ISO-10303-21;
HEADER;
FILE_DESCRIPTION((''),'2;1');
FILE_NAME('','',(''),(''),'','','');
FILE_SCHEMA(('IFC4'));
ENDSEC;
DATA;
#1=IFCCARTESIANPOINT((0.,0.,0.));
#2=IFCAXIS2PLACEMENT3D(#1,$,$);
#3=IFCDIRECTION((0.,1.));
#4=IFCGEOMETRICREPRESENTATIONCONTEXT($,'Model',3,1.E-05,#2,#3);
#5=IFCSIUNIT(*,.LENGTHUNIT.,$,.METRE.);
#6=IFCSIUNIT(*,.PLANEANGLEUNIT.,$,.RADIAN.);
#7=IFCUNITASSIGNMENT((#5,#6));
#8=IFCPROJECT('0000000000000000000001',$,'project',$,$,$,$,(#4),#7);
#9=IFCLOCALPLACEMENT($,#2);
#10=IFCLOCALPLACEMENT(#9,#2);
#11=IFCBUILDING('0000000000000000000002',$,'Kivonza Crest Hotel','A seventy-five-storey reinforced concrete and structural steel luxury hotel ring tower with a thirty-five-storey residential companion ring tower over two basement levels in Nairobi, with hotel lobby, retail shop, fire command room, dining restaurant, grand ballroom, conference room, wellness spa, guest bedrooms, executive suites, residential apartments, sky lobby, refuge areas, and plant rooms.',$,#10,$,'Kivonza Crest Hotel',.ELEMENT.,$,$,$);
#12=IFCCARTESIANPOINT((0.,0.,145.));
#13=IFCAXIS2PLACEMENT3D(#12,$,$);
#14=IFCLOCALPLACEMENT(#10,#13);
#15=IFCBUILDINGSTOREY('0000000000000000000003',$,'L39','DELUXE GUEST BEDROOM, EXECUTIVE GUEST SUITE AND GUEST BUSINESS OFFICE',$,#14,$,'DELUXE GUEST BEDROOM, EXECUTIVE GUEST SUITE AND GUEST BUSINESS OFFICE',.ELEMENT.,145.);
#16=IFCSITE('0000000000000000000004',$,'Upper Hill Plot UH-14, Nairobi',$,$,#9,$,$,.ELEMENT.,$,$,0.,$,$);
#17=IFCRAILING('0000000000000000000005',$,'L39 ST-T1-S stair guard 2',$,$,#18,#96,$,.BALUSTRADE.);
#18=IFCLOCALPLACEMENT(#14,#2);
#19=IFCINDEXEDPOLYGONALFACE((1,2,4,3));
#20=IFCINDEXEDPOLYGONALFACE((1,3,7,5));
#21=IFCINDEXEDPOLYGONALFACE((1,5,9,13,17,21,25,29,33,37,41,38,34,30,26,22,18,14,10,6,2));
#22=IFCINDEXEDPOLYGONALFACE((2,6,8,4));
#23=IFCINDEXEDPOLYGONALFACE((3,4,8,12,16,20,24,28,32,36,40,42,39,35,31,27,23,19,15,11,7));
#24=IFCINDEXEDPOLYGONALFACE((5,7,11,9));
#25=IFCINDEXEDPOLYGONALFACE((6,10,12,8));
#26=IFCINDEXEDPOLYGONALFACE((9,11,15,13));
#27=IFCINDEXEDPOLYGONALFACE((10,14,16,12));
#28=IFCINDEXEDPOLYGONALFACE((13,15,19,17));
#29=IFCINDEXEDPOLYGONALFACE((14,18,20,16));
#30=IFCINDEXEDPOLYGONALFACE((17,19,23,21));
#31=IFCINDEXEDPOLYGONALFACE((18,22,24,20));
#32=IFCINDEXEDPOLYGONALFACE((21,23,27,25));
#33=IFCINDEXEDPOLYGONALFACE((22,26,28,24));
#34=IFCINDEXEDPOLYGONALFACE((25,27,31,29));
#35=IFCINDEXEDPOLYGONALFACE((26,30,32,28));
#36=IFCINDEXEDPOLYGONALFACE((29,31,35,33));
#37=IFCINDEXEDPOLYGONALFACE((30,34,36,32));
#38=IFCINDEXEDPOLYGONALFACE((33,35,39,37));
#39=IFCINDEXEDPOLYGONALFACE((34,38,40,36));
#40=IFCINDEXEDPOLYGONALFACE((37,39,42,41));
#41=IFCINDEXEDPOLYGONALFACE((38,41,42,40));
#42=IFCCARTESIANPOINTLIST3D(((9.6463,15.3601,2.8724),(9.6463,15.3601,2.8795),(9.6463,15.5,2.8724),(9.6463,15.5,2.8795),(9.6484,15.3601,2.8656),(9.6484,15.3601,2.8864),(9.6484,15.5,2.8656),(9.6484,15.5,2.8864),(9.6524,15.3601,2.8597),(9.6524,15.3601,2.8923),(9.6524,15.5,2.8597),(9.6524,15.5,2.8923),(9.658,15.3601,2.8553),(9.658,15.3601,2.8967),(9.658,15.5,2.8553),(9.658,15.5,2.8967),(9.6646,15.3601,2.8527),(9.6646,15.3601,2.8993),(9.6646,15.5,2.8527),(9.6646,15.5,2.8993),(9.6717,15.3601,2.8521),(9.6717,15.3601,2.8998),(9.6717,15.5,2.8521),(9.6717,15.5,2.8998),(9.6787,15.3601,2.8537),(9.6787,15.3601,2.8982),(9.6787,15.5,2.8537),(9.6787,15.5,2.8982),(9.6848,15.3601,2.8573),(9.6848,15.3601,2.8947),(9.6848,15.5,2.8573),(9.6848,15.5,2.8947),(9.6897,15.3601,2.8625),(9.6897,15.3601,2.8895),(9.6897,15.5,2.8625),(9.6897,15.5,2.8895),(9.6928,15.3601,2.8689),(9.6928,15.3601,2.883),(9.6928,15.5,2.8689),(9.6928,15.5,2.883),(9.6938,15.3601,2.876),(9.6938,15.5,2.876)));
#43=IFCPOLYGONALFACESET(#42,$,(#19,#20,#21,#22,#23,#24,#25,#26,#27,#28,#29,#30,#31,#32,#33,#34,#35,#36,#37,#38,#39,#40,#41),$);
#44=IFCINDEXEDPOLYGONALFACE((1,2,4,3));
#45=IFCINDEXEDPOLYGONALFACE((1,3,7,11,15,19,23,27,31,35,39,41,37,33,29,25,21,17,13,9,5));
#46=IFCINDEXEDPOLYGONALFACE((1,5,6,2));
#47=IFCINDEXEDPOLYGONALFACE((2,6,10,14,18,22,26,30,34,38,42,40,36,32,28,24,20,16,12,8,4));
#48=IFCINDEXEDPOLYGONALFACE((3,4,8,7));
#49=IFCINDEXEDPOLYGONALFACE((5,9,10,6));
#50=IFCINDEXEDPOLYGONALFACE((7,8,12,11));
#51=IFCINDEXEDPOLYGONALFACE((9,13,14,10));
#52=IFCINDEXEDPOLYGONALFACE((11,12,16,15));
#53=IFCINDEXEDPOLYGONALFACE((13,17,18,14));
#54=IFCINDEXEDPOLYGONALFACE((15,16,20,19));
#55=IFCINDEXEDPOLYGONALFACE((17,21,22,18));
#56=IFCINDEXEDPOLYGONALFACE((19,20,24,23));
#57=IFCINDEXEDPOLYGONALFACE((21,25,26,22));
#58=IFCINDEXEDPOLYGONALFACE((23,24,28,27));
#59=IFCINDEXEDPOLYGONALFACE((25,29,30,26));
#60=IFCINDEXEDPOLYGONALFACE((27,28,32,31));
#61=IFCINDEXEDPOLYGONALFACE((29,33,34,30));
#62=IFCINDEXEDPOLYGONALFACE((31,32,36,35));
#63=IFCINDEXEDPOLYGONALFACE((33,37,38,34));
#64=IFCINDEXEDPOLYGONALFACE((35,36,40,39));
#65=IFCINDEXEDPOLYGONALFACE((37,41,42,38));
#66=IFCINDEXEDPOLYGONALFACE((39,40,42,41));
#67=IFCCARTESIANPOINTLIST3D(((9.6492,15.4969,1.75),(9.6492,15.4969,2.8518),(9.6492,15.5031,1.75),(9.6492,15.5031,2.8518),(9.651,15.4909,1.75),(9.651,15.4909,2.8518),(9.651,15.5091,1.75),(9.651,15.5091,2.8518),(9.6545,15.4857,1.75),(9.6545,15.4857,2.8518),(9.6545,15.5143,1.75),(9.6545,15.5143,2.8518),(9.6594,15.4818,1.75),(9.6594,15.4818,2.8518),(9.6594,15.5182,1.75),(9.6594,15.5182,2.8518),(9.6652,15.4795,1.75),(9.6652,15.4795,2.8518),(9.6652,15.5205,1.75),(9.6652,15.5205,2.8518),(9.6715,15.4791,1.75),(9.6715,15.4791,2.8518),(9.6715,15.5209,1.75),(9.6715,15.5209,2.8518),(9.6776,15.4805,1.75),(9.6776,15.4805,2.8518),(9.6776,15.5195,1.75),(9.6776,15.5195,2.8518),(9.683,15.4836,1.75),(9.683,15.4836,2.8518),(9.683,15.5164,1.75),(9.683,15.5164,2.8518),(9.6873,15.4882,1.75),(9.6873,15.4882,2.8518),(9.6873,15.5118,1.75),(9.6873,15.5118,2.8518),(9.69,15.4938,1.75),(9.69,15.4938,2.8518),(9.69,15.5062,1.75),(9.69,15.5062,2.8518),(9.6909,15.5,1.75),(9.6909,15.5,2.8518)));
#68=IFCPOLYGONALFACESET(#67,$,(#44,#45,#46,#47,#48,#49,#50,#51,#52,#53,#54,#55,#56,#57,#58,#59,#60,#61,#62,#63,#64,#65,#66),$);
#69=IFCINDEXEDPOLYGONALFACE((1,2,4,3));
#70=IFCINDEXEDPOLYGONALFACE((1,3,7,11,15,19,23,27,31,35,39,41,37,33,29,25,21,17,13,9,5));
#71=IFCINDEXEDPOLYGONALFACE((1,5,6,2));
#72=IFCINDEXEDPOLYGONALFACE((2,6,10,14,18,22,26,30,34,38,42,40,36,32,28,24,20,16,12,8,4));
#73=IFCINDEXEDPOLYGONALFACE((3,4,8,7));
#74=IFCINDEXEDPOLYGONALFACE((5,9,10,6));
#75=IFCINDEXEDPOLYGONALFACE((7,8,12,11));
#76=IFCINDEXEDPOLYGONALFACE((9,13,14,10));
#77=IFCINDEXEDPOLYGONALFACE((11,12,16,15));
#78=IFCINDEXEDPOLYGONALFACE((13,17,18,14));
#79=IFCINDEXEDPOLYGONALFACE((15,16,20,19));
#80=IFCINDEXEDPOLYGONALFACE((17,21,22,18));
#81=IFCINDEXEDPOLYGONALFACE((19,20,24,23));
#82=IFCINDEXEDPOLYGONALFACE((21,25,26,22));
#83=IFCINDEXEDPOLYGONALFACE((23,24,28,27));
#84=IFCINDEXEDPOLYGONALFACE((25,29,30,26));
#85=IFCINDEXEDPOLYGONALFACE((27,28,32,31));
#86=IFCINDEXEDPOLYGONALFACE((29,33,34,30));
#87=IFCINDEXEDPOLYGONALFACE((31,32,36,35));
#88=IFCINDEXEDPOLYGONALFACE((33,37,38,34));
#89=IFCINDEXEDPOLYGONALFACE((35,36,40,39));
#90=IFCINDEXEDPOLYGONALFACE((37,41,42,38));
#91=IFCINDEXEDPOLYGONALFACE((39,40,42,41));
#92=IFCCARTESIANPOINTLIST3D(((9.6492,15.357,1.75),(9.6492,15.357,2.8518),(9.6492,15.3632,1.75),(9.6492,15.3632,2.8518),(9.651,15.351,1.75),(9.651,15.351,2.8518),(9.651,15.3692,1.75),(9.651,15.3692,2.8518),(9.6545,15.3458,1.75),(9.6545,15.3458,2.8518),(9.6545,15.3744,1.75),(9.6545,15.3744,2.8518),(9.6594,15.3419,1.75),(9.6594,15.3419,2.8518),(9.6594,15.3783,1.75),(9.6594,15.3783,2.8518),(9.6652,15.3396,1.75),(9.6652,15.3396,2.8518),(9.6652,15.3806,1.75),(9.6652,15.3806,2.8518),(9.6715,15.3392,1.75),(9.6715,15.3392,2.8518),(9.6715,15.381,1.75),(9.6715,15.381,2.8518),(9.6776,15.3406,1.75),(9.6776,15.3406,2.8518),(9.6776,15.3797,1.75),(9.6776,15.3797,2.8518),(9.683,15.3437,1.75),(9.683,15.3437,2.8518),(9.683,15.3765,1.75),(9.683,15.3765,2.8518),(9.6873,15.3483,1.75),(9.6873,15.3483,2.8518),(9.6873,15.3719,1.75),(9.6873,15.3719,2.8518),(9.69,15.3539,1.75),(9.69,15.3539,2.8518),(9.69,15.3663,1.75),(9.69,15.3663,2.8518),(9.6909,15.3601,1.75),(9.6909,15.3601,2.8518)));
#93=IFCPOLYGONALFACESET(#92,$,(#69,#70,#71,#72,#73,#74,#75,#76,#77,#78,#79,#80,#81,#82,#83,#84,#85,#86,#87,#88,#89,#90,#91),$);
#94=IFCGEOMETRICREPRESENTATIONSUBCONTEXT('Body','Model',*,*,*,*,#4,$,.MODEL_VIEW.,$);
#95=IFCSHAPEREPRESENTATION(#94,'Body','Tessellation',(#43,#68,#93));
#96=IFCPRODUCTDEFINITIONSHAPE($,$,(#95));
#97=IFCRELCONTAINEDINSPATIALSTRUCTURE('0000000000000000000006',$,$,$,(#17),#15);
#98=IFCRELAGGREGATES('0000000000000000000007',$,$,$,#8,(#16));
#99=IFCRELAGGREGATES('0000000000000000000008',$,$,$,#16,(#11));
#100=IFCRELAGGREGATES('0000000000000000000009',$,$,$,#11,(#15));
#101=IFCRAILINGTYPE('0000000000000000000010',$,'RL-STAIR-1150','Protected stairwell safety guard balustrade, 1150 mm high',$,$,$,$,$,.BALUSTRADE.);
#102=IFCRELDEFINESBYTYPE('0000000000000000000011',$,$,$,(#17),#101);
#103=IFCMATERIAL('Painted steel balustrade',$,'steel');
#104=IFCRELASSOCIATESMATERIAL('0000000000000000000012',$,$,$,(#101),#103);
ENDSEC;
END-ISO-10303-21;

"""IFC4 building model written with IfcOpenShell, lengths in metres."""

from ifc_helpers import new_model, si_unit, direction, frame, origin, origin_2d, place, context, subcontext, project, spatial, circle, extrude, material, type_object, element, save


model = new_model("IFC4")

# Units and contexts
model_context = context("Model", 3, precision=1e-05, world=origin(), true_north=direction((0.0, 1.0)))
body_context = subcontext(model_context, "Body", "Model", "MODEL_VIEW")
ifc_project = project(units=[si_unit("LENGTHUNIT", "METRE"), si_unit("PLANEANGLEUNIT", "RADIAN")], contexts=[model_context])

# Site, building, storey
site_placement = place(None, origin())
site = spatial("IfcSite", under=ifc_project, at=site_placement, Name="Upper Hill Plot UH-14, Nairobi", CompositionType="ELEMENT", RefElevation=0.0)
building_placement = place(site_placement, origin())
building = spatial("IfcBuilding", under=site, at=building_placement, Name="Kivonza Crest Hotel", Description="A seventy-five-storey reinforced concrete and structural steel luxury hotel ring tower with a thirty-five-storey residential companion ring tower over two basement levels in Nairobi, with hotel lobby, retail shop, fire command room, dining restaurant, grand ballroom, conference room, wellness spa, guest bedrooms, executive suites, residential apartments, sky lobby, refuge areas, and plant rooms.", LongName="Kivonza Crest Hotel", CompositionType="ELEMENT")
storey_placement = place(building_placement, frame((0.0, 0.0, 145.0)))
storey = spatial("IfcBuildingStorey", under=building, at=storey_placement, Name="L39", Description="DELUXE GUEST BEDROOM, EXECUTIVE GUEST SUITE AND GUEST BUSINESS OFFICE", LongName="DELUXE GUEST BEDROOM, EXECUTIVE GUEST SUITE AND GUEST BUSINESS OFFICE", CompositionType="ELEMENT", Elevation=145.0)

# Railing
ifc_material_1 = material(Name="Painted steel balustrade", Category="steel")
railing_type_1 = type_object("IfcRailingType", Name="RL-STAIR-1150", Description="Protected stairwell safety guard balustrade, 1150 mm high", PredefinedType="BALUSTRADE", material=ifc_material_1)
railing_1_placement = place(storey_placement, frame((9.6699, 15.5, 1.75)))
element("IfcRailing", 1, at=railing_1_placement, inside=storey, type_object=railing_type_1, Name="L39 ST-T1-S stair guard 2", PredefinedType="BALUSTRADE", context=body_context, shape_type="SweptSolid", body=[
    extrude(circle(Radius=0.0239, at=origin_2d()), frame((0.0, 0.0, 1.126), z_axis=(0.0, -1.0, 0.0), x_axis=(1.0, 0.0, 0.0)), (0.0, 0.0, 1.0), 0.1399),
    extrude(circle(Radius=0.021, at=origin_2d()), origin(), (0.0, 0.0, 1.0), 1.1018),
    extrude(circle(Radius=0.021, at=origin_2d()), frame((0.0, -0.1399, 0.0)), (0.0, 0.0, 1.0), 1.1018),
])

save(model, "model.ifc")
